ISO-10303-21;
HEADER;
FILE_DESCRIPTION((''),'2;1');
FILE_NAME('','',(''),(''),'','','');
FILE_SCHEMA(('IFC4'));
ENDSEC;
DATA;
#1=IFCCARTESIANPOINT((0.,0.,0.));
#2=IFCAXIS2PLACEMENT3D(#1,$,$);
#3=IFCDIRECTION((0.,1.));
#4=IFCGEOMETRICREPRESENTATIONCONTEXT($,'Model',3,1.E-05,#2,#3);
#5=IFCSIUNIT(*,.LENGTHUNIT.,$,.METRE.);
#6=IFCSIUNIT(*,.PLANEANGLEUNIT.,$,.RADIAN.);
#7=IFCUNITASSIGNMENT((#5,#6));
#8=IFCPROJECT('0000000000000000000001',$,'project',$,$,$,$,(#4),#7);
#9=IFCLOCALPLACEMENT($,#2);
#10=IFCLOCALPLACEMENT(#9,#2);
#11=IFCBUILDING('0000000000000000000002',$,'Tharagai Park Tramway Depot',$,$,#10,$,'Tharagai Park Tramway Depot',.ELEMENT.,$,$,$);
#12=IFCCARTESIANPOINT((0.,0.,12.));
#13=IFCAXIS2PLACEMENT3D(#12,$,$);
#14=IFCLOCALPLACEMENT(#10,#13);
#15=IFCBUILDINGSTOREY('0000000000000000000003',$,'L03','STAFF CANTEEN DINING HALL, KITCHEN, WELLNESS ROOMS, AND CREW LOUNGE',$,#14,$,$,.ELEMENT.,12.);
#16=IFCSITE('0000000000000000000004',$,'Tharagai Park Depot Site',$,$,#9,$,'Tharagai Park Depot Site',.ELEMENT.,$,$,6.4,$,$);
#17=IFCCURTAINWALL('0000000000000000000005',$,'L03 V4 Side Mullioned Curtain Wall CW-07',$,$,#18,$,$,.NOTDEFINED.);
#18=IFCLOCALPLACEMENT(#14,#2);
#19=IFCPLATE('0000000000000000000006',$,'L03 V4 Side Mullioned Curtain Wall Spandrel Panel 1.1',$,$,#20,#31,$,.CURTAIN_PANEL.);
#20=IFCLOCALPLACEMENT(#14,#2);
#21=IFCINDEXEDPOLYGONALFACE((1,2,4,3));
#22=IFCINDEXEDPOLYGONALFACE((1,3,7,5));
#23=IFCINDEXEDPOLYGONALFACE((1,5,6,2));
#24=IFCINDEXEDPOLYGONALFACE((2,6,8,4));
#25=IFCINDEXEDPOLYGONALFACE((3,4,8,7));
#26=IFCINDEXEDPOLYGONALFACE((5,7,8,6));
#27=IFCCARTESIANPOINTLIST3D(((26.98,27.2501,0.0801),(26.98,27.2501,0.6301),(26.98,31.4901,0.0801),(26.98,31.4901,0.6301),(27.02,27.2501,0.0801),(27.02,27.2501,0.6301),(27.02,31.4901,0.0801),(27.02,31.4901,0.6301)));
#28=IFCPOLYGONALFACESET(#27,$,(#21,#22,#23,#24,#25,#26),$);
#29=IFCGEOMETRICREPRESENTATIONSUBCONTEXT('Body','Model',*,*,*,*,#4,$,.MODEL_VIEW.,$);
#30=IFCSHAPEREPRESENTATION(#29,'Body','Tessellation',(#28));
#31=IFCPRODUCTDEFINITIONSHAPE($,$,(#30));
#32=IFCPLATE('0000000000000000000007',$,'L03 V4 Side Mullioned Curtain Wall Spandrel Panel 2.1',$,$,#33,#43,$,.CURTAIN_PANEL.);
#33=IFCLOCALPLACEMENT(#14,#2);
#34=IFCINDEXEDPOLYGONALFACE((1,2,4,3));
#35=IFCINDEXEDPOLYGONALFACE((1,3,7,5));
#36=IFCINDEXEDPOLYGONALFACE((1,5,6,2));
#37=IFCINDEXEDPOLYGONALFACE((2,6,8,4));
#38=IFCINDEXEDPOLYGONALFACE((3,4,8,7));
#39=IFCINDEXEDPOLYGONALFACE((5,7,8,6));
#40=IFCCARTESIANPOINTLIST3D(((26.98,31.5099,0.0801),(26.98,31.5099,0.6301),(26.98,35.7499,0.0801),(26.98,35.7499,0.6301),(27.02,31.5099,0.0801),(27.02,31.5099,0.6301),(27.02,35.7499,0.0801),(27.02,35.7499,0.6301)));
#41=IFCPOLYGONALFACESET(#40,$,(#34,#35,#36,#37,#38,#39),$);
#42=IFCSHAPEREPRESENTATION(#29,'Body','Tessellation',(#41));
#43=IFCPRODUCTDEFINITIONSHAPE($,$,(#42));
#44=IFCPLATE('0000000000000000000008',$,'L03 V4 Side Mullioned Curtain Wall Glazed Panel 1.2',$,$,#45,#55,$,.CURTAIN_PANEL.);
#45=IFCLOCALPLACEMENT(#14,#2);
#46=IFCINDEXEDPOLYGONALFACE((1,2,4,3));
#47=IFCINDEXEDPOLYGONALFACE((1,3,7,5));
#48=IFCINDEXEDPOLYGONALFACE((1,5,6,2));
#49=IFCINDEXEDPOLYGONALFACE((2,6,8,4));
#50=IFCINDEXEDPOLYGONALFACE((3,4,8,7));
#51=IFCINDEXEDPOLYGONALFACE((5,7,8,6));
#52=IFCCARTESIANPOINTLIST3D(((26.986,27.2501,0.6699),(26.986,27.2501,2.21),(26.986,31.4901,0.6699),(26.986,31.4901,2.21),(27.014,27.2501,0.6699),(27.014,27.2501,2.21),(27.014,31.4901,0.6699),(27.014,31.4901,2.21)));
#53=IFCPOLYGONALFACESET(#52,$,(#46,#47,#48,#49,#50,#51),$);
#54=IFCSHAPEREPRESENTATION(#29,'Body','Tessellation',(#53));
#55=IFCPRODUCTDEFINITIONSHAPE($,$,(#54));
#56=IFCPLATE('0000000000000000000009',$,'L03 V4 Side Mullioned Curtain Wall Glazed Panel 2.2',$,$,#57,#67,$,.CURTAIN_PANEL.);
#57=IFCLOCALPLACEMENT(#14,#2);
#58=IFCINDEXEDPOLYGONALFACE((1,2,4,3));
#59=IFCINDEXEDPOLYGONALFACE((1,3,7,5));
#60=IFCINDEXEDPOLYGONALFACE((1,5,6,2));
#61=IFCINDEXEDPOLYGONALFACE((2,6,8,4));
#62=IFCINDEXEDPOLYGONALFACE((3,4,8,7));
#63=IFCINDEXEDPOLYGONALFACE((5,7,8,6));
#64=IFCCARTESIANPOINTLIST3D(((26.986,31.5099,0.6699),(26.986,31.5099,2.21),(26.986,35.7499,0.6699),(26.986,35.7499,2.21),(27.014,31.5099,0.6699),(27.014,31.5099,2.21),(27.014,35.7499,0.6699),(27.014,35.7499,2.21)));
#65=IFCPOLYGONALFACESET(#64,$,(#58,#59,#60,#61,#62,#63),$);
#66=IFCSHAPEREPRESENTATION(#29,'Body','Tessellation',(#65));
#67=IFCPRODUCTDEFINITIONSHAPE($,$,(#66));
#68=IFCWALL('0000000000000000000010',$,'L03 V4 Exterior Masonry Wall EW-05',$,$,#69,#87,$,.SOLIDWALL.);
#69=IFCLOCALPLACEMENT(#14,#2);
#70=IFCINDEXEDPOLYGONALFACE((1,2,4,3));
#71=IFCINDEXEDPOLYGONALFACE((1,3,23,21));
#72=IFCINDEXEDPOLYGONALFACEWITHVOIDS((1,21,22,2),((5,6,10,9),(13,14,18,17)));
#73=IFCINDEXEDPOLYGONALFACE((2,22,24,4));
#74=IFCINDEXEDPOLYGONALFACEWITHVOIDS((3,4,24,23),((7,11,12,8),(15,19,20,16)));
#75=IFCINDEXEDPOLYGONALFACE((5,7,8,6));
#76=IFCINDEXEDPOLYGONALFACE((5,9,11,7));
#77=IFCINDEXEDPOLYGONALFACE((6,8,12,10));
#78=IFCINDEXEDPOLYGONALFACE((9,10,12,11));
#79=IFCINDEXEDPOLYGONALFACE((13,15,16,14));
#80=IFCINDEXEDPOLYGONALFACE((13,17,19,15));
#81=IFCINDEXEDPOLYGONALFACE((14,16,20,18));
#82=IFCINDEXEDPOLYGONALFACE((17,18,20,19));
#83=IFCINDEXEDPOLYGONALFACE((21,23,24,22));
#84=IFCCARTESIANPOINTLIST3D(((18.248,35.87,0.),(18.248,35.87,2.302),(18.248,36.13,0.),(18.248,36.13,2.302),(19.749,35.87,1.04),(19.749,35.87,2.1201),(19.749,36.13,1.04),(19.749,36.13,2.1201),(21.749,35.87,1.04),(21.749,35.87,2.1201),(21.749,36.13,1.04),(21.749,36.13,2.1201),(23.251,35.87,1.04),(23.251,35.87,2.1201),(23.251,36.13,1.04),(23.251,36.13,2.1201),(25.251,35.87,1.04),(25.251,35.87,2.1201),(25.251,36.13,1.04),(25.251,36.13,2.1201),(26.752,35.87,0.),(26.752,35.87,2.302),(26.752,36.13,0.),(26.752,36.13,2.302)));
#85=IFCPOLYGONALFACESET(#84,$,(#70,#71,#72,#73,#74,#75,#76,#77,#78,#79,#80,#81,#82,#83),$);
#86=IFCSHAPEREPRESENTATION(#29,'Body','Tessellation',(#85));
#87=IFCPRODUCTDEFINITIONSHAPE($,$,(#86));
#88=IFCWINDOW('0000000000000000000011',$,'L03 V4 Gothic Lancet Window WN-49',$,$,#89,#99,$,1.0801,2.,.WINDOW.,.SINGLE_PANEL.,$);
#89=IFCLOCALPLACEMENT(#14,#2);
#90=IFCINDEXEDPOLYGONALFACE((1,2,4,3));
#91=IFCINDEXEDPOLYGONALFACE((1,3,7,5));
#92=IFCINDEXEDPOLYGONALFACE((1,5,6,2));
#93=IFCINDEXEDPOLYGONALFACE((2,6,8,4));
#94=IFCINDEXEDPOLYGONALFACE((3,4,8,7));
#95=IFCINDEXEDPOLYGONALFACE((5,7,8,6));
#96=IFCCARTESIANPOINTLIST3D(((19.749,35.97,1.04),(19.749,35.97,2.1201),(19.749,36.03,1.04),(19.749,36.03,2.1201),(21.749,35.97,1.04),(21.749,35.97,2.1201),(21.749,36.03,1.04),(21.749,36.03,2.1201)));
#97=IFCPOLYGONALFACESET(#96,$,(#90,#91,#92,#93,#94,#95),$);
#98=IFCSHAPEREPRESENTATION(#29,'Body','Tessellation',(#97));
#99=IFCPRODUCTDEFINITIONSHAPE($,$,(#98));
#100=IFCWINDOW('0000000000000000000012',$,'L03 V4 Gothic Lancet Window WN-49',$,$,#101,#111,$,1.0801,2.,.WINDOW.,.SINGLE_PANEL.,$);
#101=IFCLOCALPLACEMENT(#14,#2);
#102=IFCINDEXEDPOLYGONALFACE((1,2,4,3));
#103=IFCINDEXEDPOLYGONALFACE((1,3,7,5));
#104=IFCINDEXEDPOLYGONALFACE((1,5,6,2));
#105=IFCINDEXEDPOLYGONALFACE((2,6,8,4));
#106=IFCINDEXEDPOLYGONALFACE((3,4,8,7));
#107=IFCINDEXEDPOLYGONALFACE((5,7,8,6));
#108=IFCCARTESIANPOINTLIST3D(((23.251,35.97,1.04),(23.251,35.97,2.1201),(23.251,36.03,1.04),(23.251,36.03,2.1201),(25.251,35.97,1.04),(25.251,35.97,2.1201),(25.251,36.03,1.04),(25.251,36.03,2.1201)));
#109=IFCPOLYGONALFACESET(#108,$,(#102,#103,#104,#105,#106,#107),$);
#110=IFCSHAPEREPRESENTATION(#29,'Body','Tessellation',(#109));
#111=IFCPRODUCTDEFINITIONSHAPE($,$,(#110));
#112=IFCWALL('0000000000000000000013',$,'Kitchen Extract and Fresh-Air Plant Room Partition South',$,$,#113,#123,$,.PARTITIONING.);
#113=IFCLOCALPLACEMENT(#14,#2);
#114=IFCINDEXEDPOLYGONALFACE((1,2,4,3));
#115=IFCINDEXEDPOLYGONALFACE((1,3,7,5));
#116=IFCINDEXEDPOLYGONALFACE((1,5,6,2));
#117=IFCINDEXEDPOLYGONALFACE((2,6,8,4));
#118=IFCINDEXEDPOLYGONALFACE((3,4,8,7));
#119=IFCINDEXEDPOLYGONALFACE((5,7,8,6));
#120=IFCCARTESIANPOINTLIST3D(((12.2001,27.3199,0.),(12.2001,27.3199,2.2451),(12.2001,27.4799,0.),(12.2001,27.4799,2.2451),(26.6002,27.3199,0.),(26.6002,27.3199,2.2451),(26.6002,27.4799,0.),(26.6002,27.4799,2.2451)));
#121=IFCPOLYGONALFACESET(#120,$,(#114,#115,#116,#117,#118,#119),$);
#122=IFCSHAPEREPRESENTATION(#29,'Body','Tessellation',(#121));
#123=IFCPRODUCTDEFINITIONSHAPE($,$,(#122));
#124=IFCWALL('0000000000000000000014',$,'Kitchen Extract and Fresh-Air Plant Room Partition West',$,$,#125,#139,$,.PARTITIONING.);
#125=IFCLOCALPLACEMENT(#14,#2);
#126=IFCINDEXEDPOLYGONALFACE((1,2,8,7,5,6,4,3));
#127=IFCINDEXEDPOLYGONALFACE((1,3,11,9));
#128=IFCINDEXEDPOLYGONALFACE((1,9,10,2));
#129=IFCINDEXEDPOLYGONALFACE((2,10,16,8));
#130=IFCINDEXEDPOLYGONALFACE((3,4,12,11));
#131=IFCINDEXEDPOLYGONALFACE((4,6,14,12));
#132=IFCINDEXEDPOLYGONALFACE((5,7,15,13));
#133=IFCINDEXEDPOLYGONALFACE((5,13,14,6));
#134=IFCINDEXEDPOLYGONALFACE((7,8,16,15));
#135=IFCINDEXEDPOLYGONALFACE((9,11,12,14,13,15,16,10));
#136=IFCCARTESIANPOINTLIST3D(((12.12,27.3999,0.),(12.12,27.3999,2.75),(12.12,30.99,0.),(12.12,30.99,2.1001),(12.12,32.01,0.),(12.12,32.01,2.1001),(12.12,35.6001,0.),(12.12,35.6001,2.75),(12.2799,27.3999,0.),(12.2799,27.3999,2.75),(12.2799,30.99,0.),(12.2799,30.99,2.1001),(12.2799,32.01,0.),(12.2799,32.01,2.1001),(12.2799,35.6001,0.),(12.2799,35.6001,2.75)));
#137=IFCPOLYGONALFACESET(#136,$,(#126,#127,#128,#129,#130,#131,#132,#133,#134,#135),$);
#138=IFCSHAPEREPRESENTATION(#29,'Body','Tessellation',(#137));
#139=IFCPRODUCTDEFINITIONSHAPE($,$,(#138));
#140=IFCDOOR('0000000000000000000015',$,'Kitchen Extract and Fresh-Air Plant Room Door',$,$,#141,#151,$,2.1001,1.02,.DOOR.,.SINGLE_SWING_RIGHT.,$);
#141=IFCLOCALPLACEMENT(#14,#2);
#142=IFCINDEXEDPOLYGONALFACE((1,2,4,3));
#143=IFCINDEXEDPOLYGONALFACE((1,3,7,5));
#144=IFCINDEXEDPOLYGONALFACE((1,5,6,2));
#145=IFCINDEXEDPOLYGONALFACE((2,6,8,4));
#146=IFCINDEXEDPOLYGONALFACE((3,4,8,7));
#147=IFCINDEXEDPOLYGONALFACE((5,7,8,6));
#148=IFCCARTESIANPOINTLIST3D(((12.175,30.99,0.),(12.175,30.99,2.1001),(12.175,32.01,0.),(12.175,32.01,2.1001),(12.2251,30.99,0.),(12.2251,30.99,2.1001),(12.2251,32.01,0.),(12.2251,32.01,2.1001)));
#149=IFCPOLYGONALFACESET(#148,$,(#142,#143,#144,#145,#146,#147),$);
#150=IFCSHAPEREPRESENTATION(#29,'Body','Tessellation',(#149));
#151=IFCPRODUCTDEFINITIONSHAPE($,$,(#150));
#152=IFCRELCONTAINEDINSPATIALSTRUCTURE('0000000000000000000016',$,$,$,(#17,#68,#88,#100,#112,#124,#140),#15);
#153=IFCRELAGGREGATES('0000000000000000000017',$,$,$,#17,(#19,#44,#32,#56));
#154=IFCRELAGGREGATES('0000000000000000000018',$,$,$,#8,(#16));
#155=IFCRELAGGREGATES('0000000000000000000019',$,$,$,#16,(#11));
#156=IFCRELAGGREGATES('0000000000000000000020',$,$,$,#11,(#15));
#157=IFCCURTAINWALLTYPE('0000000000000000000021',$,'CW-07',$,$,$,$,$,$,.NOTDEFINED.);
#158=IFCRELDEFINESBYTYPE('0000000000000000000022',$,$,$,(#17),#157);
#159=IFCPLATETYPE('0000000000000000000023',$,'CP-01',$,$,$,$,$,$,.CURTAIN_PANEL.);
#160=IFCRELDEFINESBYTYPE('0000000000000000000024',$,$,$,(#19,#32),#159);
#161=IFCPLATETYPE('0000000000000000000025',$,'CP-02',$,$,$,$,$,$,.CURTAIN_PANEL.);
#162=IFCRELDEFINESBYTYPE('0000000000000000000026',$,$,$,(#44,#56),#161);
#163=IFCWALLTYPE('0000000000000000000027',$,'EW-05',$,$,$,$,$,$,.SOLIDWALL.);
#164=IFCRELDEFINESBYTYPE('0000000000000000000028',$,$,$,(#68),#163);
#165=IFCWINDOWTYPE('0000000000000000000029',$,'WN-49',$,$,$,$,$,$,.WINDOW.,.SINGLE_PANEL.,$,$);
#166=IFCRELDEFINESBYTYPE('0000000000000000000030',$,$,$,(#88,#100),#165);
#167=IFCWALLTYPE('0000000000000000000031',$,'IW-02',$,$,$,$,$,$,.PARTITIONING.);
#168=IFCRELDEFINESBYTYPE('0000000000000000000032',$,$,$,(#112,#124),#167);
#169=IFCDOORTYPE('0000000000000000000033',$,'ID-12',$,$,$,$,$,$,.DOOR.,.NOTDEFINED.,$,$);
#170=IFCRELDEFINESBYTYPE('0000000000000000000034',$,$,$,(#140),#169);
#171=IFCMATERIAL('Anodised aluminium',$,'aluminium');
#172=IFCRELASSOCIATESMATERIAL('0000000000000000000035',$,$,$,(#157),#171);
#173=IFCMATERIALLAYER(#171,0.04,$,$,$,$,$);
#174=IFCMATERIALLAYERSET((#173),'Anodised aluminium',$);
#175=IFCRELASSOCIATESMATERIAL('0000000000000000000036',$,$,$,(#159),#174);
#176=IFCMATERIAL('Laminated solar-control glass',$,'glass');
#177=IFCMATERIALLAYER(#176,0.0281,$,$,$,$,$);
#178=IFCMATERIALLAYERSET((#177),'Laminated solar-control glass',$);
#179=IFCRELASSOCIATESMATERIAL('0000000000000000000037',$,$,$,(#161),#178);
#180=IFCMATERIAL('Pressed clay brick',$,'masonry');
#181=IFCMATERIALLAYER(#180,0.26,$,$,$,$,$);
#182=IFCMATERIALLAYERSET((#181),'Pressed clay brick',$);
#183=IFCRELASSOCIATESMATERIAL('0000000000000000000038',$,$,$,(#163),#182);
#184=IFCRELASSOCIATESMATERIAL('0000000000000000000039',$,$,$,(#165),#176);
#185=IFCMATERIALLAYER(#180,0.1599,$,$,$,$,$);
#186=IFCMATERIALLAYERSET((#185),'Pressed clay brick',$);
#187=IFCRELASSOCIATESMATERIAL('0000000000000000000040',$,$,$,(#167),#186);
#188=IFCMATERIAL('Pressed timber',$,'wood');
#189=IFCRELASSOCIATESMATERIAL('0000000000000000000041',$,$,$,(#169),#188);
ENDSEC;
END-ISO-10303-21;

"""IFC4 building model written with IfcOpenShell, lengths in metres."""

from ifc_helpers import new_model, si_unit, direction, frame, frame_2d, origin, origin_2d, place, context, subcontext, project, spatial, rectangle, extrude, material, layer, layer_set, type_object, element, fill, aggregate, save


model = new_model("IFC4")

# Units and contexts
model_context = context("Model", 3, precision=1e-05, world=origin(), true_north=direction((0.0, 1.0)))
body_context = subcontext(model_context, "Body", "Model", "MODEL_VIEW")
ifc_project = project(units=[si_unit("LENGTHUNIT", "METRE"), si_unit("PLANEANGLEUNIT", "RADIAN")], contexts=[model_context])

# Site, building, storey
site_placement = place(None, origin())
site = spatial("IfcSite", under=ifc_project, at=site_placement, Name="Tharagai Park Depot Site", LongName="Tharagai Park Depot Site", CompositionType="ELEMENT", RefElevation=6.4)
building_placement = place(site_placement, origin())
building = spatial("IfcBuilding", under=site, at=building_placement, Name="Tharagai Park Tramway Depot", LongName="Tharagai Park Tramway Depot", CompositionType="ELEMENT")
storey_placement = place(building_placement, frame((0.0, 0.0, 12.0)))
storey = spatial("IfcBuildingStorey", under=building, at=storey_placement, Name="L03", Description="STAFF CANTEEN DINING HALL, KITCHEN, WELLNESS ROOMS, AND CREW LOUNGE", CompositionType="ELEMENT", Elevation=12.0)

# Curtain wall
ifc_material_1 = material(Name="Anodised aluminium", Category="aluminium")
curtain_wall_type = type_object("IfcCurtainWallType", Name="CW-07", PredefinedType="NOTDEFINED", material=ifc_material_1)
curtain_wall_placement = place(storey_placement, origin())
curtain_wall = element("IfcCurtainWall", 1, at=curtain_wall_placement, inside=storey, type_object=curtain_wall_type, Name="L03 V4 Side Mullioned Curtain Wall CW-07", PredefinedType="NOTDEFINED")

# Plates
ifc_layer_1 = layer(ifc_material_1, 0.04)
ifc_layer_set_1 = layer_set([ifc_layer_1], Name="Anodised aluminium")
plate_type_1 = type_object("IfcPlateType", Name="CP-01", PredefinedType="CURTAIN_PANEL", material=ifc_layer_set_1)
plate_1_placement = place(storey_placement, frame((27.0, 29.3701, 0.0801), z_axis=(0.0, 0.0, 1.0), x_axis=(0.0, 1.0, 0.0)))
plate_1 = element("IfcPlate", 2, at=plate_1_placement, type_object=plate_type_1, Name="L03 V4 Side Mullioned Curtain Wall Spandrel Panel 1.1", PredefinedType="CURTAIN_PANEL", context=body_context, shape_type="SweptSolid", body=[
    extrude(rectangle(XDim=4.24, YDim=0.04, at=origin_2d()), origin(), (0.0, 0.0, 1.0), 0.55),
])
plate_2_placement = place(storey_placement, frame((27.0, 33.6299, 0.0801), z_axis=(0.0, 0.0, 1.0), x_axis=(0.0, 1.0, 0.0)))
plate_2 = element("IfcPlate", 3, at=plate_2_placement, type_object=plate_type_1, Name="L03 V4 Side Mullioned Curtain Wall Spandrel Panel 2.1", PredefinedType="CURTAIN_PANEL", context=body_context, shape_type="SweptSolid", body=[
    extrude(rectangle(XDim=4.24, YDim=0.04, at=origin_2d()), origin(), (0.0, 0.0, 1.0), 0.55),
])
ifc_material_2 = material(Name="Laminated solar-control glass", Category="glass")
ifc_layer_2 = layer(ifc_material_2, 0.0281)
ifc_layer_set_2 = layer_set([ifc_layer_2], Name="Laminated solar-control glass")
plate_type_2 = type_object("IfcPlateType", Name="CP-02", PredefinedType="CURTAIN_PANEL", material=ifc_layer_set_2)
plate_3_placement = place(storey_placement, frame((27.0, 29.3701, 0.6699), z_axis=(0.0, 0.0, 1.0), x_axis=(0.0, 1.0, 0.0)))
plate_3 = element("IfcPlate", 4, at=plate_3_placement, type_object=plate_type_2, Name="L03 V4 Side Mullioned Curtain Wall Glazed Panel 1.2", PredefinedType="CURTAIN_PANEL", context=body_context, shape_type="SweptSolid", body=[
    extrude(rectangle(XDim=4.24, YDim=0.0281, at=origin_2d()), origin(), (0.0, 0.0, 1.0), 1.54),
])
plate_4_placement = place(storey_placement, frame((27.0, 33.6299, 0.6699), z_axis=(0.0, 0.0, 1.0), x_axis=(0.0, 1.0, 0.0)))
plate_4 = element("IfcPlate", 5, at=plate_4_placement, type_object=plate_type_2, Name="L03 V4 Side Mullioned Curtain Wall Glazed Panel 2.2", PredefinedType="CURTAIN_PANEL", context=body_context, shape_type="SweptSolid", body=[
    extrude(rectangle(XDim=4.24, YDim=0.0281, at=origin_2d()), origin(), (0.0, 0.0, 1.0), 1.54),
])
aggregate(curtain_wall, [plate_1, plate_3, plate_2, plate_4])

# Wall, openings, windows
ifc_material_3 = material(Name="Pressed clay brick", Category="masonry")
ifc_layer_3 = layer(ifc_material_3, 0.26)
ifc_layer_set_3 = layer_set([ifc_layer_3], Name="Pressed clay brick")
wall_type_1 = type_object("IfcWallType", Name="EW-05", PredefinedType="SOLIDWALL", material=ifc_layer_set_3)
wall_1_placement = place(storey_placement, frame((18.248, 36.0, 0.0), z_axis=(0.0, 0.0, 1.0), x_axis=(1.0, 0.0, 0.0)))
wall_1 = element("IfcWall", 6, at=wall_1_placement, inside=storey, type_object=wall_type_1, Name="L03 V4 Exterior Masonry Wall EW-05", PredefinedType="SOLIDWALL", context=body_context, shape_type="SweptSolid", body=[
    extrude(rectangle(XDim=8.5039, YDim=0.26, at=frame_2d((4.252, 0.0))), origin(), (0.0, 0.0, 1.0), 2.302),
])
opening_1_placement = place(wall_1_placement, frame((1.501, 0.0, 1.04)))
opening_1 = element("IfcOpeningElement", 7, at=opening_1_placement, cuts=wall_1, PredefinedType="OPENING", context=body_context, shape_type="SweptSolid", body=[
    extrude(rectangle(XDim=2.0, YDim=1.0801, at=frame_2d((1.0, 0.54))), frame((0.0, 0.1399, 0.0), z_axis=(0.0, -1.0, 0.0), x_axis=(1.0, 0.0, 0.0)), (0.0, 0.0, 1.0), 0.28),
])
opening_2_placement = place(wall_1_placement, frame((5.0029, 0.0, 1.04)))
opening_2 = element("IfcOpeningElement", 8, at=opening_2_placement, cuts=wall_1, PredefinedType="OPENING", context=body_context, shape_type="SweptSolid", body=[
    extrude(rectangle(XDim=2.0, YDim=1.0801, at=frame_2d((1.0, 0.54))), frame((0.0, 0.1399, 0.0), z_axis=(0.0, -1.0, 0.0), x_axis=(1.0, 0.0, 0.0)), (0.0, 0.0, 1.0), 0.28),
])
window_type = type_object("IfcWindowType", Name="WN-49", PartitioningType="SINGLE_PANEL", PredefinedType="WINDOW", material=ifc_material_2)
window_1_placement = place(opening_1_placement, origin())
window_1 = element("IfcWindow", 9, at=window_1_placement, inside=storey, type_object=window_type, Name="L03 V4 Gothic Lancet Window WN-49", OverallHeight=1.0801, OverallWidth=2.0, PartitioningType="SINGLE_PANEL", PredefinedType="WINDOW", context=body_context, shape_type="SweptSolid", body=[
    extrude(rectangle(XDim=2.0, YDim=1.0801, at=frame_2d((1.0, 0.54))), frame((0.0, 0.03, 0.0), z_axis=(0.0, -1.0, 0.0), x_axis=(1.0, 0.0, 0.0)), (0.0, 0.0, 1.0), 0.0601),
])
fill(opening_1, window_1)
window_2_placement = place(opening_2_placement, origin())
window_2 = element("IfcWindow", 10, at=window_2_placement, inside=storey, type_object=window_type, Name="L03 V4 Gothic Lancet Window WN-49", OverallHeight=1.0801, OverallWidth=2.0, PartitioningType="SINGLE_PANEL", PredefinedType="WINDOW", context=body_context, shape_type="SweptSolid", body=[
    extrude(rectangle(XDim=2.0, YDim=1.0801, at=frame_2d((1.0, 0.54))), frame((0.0, 0.03, 0.0), z_axis=(0.0, -1.0, 0.0), x_axis=(1.0, 0.0, 0.0)), (0.0, 0.0, 1.0), 0.0601),
])
fill(opening_2, window_2)

# Wall
ifc_layer_4 = layer(ifc_material_3, 0.1599)
ifc_layer_set_4 = layer_set([ifc_layer_4], Name="Pressed clay brick")
wall_type_2 = type_object("IfcWallType", Name="IW-02", PredefinedType="PARTITIONING", material=ifc_layer_set_4)
wall_2_placement = place(storey_placement, frame((12.2, 27.3999, 0.0), z_axis=(0.0, 0.0, 1.0), x_axis=(1.0, 0.0, 0.0)))
element("IfcWall", 11, at=wall_2_placement, inside=storey, type_object=wall_type_2, Name="Kitchen Extract and Fresh-Air Plant Room Partition South", PredefinedType="PARTITIONING", context=body_context, shape_type="SweptSolid", body=[
    extrude(rectangle(XDim=14.4001, YDim=0.1599, at=frame_2d((7.2002, 0.0))), origin(), (0.0, 0.0, 1.0), 2.2451),
])

# Wall, opening, door
wall_3_placement = place(storey_placement, frame((12.2, 27.3999, 0.0), z_axis=(0.0, 0.0, 1.0), x_axis=(0.0, 1.0, 0.0)))
wall_3 = element("IfcWall", 12, at=wall_3_placement, inside=storey, type_object=wall_type_2, Name="Kitchen Extract and Fresh-Air Plant Room Partition West", PredefinedType="PARTITIONING", context=body_context, shape_type="SweptSolid", body=[
    extrude(rectangle(XDim=8.2002, YDim=0.1599, at=frame_2d((4.1001, 0.0))), origin(), (0.0, 0.0, 1.0), 2.75),
])
opening_3_placement = place(wall_3_placement, frame((3.5901, 0.0, 0.0)))
opening_3 = element("IfcOpeningElement", 13, at=opening_3_placement, cuts=wall_3, PredefinedType="OPENING", context=body_context, shape_type="SweptSolid", body=[
    extrude(rectangle(XDim=1.02, YDim=2.1001, at=frame_2d((0.51, 1.05))), frame((0.0, 0.0898, 0.0), z_axis=(0.0, -1.0, 0.0), x_axis=(1.0, 0.0, 0.0)), (0.0, 0.0, 1.0), 0.1799),
])
ifc_material_4 = material(Name="Pressed timber", Category="wood")
door_type = type_object("IfcDoorType", Name="ID-12", OperationType="NOTDEFINED", PredefinedType="DOOR", material=ifc_material_4)
door_placement = place(opening_3_placement, origin())
door = element("IfcDoor", 14, at=door_placement, inside=storey, type_object=door_type, Name="Kitchen Extract and Fresh-Air Plant Room Door", OperationType="SINGLE_SWING_RIGHT", OverallHeight=2.1001, OverallWidth=1.02, PredefinedType="DOOR", context=body_context, shape_type="SweptSolid", body=[
    extrude(rectangle(XDim=1.02, YDim=2.1001, at=frame_2d((0.51, 1.05))), frame((0.0, 0.0249, 0.0), z_axis=(0.0, -1.0, 0.0), x_axis=(1.0, 0.0, 0.0)), (0.0, 0.0, 1.0), 0.05),
])
fill(opening_3, door)

save(model, "model.ifc")
